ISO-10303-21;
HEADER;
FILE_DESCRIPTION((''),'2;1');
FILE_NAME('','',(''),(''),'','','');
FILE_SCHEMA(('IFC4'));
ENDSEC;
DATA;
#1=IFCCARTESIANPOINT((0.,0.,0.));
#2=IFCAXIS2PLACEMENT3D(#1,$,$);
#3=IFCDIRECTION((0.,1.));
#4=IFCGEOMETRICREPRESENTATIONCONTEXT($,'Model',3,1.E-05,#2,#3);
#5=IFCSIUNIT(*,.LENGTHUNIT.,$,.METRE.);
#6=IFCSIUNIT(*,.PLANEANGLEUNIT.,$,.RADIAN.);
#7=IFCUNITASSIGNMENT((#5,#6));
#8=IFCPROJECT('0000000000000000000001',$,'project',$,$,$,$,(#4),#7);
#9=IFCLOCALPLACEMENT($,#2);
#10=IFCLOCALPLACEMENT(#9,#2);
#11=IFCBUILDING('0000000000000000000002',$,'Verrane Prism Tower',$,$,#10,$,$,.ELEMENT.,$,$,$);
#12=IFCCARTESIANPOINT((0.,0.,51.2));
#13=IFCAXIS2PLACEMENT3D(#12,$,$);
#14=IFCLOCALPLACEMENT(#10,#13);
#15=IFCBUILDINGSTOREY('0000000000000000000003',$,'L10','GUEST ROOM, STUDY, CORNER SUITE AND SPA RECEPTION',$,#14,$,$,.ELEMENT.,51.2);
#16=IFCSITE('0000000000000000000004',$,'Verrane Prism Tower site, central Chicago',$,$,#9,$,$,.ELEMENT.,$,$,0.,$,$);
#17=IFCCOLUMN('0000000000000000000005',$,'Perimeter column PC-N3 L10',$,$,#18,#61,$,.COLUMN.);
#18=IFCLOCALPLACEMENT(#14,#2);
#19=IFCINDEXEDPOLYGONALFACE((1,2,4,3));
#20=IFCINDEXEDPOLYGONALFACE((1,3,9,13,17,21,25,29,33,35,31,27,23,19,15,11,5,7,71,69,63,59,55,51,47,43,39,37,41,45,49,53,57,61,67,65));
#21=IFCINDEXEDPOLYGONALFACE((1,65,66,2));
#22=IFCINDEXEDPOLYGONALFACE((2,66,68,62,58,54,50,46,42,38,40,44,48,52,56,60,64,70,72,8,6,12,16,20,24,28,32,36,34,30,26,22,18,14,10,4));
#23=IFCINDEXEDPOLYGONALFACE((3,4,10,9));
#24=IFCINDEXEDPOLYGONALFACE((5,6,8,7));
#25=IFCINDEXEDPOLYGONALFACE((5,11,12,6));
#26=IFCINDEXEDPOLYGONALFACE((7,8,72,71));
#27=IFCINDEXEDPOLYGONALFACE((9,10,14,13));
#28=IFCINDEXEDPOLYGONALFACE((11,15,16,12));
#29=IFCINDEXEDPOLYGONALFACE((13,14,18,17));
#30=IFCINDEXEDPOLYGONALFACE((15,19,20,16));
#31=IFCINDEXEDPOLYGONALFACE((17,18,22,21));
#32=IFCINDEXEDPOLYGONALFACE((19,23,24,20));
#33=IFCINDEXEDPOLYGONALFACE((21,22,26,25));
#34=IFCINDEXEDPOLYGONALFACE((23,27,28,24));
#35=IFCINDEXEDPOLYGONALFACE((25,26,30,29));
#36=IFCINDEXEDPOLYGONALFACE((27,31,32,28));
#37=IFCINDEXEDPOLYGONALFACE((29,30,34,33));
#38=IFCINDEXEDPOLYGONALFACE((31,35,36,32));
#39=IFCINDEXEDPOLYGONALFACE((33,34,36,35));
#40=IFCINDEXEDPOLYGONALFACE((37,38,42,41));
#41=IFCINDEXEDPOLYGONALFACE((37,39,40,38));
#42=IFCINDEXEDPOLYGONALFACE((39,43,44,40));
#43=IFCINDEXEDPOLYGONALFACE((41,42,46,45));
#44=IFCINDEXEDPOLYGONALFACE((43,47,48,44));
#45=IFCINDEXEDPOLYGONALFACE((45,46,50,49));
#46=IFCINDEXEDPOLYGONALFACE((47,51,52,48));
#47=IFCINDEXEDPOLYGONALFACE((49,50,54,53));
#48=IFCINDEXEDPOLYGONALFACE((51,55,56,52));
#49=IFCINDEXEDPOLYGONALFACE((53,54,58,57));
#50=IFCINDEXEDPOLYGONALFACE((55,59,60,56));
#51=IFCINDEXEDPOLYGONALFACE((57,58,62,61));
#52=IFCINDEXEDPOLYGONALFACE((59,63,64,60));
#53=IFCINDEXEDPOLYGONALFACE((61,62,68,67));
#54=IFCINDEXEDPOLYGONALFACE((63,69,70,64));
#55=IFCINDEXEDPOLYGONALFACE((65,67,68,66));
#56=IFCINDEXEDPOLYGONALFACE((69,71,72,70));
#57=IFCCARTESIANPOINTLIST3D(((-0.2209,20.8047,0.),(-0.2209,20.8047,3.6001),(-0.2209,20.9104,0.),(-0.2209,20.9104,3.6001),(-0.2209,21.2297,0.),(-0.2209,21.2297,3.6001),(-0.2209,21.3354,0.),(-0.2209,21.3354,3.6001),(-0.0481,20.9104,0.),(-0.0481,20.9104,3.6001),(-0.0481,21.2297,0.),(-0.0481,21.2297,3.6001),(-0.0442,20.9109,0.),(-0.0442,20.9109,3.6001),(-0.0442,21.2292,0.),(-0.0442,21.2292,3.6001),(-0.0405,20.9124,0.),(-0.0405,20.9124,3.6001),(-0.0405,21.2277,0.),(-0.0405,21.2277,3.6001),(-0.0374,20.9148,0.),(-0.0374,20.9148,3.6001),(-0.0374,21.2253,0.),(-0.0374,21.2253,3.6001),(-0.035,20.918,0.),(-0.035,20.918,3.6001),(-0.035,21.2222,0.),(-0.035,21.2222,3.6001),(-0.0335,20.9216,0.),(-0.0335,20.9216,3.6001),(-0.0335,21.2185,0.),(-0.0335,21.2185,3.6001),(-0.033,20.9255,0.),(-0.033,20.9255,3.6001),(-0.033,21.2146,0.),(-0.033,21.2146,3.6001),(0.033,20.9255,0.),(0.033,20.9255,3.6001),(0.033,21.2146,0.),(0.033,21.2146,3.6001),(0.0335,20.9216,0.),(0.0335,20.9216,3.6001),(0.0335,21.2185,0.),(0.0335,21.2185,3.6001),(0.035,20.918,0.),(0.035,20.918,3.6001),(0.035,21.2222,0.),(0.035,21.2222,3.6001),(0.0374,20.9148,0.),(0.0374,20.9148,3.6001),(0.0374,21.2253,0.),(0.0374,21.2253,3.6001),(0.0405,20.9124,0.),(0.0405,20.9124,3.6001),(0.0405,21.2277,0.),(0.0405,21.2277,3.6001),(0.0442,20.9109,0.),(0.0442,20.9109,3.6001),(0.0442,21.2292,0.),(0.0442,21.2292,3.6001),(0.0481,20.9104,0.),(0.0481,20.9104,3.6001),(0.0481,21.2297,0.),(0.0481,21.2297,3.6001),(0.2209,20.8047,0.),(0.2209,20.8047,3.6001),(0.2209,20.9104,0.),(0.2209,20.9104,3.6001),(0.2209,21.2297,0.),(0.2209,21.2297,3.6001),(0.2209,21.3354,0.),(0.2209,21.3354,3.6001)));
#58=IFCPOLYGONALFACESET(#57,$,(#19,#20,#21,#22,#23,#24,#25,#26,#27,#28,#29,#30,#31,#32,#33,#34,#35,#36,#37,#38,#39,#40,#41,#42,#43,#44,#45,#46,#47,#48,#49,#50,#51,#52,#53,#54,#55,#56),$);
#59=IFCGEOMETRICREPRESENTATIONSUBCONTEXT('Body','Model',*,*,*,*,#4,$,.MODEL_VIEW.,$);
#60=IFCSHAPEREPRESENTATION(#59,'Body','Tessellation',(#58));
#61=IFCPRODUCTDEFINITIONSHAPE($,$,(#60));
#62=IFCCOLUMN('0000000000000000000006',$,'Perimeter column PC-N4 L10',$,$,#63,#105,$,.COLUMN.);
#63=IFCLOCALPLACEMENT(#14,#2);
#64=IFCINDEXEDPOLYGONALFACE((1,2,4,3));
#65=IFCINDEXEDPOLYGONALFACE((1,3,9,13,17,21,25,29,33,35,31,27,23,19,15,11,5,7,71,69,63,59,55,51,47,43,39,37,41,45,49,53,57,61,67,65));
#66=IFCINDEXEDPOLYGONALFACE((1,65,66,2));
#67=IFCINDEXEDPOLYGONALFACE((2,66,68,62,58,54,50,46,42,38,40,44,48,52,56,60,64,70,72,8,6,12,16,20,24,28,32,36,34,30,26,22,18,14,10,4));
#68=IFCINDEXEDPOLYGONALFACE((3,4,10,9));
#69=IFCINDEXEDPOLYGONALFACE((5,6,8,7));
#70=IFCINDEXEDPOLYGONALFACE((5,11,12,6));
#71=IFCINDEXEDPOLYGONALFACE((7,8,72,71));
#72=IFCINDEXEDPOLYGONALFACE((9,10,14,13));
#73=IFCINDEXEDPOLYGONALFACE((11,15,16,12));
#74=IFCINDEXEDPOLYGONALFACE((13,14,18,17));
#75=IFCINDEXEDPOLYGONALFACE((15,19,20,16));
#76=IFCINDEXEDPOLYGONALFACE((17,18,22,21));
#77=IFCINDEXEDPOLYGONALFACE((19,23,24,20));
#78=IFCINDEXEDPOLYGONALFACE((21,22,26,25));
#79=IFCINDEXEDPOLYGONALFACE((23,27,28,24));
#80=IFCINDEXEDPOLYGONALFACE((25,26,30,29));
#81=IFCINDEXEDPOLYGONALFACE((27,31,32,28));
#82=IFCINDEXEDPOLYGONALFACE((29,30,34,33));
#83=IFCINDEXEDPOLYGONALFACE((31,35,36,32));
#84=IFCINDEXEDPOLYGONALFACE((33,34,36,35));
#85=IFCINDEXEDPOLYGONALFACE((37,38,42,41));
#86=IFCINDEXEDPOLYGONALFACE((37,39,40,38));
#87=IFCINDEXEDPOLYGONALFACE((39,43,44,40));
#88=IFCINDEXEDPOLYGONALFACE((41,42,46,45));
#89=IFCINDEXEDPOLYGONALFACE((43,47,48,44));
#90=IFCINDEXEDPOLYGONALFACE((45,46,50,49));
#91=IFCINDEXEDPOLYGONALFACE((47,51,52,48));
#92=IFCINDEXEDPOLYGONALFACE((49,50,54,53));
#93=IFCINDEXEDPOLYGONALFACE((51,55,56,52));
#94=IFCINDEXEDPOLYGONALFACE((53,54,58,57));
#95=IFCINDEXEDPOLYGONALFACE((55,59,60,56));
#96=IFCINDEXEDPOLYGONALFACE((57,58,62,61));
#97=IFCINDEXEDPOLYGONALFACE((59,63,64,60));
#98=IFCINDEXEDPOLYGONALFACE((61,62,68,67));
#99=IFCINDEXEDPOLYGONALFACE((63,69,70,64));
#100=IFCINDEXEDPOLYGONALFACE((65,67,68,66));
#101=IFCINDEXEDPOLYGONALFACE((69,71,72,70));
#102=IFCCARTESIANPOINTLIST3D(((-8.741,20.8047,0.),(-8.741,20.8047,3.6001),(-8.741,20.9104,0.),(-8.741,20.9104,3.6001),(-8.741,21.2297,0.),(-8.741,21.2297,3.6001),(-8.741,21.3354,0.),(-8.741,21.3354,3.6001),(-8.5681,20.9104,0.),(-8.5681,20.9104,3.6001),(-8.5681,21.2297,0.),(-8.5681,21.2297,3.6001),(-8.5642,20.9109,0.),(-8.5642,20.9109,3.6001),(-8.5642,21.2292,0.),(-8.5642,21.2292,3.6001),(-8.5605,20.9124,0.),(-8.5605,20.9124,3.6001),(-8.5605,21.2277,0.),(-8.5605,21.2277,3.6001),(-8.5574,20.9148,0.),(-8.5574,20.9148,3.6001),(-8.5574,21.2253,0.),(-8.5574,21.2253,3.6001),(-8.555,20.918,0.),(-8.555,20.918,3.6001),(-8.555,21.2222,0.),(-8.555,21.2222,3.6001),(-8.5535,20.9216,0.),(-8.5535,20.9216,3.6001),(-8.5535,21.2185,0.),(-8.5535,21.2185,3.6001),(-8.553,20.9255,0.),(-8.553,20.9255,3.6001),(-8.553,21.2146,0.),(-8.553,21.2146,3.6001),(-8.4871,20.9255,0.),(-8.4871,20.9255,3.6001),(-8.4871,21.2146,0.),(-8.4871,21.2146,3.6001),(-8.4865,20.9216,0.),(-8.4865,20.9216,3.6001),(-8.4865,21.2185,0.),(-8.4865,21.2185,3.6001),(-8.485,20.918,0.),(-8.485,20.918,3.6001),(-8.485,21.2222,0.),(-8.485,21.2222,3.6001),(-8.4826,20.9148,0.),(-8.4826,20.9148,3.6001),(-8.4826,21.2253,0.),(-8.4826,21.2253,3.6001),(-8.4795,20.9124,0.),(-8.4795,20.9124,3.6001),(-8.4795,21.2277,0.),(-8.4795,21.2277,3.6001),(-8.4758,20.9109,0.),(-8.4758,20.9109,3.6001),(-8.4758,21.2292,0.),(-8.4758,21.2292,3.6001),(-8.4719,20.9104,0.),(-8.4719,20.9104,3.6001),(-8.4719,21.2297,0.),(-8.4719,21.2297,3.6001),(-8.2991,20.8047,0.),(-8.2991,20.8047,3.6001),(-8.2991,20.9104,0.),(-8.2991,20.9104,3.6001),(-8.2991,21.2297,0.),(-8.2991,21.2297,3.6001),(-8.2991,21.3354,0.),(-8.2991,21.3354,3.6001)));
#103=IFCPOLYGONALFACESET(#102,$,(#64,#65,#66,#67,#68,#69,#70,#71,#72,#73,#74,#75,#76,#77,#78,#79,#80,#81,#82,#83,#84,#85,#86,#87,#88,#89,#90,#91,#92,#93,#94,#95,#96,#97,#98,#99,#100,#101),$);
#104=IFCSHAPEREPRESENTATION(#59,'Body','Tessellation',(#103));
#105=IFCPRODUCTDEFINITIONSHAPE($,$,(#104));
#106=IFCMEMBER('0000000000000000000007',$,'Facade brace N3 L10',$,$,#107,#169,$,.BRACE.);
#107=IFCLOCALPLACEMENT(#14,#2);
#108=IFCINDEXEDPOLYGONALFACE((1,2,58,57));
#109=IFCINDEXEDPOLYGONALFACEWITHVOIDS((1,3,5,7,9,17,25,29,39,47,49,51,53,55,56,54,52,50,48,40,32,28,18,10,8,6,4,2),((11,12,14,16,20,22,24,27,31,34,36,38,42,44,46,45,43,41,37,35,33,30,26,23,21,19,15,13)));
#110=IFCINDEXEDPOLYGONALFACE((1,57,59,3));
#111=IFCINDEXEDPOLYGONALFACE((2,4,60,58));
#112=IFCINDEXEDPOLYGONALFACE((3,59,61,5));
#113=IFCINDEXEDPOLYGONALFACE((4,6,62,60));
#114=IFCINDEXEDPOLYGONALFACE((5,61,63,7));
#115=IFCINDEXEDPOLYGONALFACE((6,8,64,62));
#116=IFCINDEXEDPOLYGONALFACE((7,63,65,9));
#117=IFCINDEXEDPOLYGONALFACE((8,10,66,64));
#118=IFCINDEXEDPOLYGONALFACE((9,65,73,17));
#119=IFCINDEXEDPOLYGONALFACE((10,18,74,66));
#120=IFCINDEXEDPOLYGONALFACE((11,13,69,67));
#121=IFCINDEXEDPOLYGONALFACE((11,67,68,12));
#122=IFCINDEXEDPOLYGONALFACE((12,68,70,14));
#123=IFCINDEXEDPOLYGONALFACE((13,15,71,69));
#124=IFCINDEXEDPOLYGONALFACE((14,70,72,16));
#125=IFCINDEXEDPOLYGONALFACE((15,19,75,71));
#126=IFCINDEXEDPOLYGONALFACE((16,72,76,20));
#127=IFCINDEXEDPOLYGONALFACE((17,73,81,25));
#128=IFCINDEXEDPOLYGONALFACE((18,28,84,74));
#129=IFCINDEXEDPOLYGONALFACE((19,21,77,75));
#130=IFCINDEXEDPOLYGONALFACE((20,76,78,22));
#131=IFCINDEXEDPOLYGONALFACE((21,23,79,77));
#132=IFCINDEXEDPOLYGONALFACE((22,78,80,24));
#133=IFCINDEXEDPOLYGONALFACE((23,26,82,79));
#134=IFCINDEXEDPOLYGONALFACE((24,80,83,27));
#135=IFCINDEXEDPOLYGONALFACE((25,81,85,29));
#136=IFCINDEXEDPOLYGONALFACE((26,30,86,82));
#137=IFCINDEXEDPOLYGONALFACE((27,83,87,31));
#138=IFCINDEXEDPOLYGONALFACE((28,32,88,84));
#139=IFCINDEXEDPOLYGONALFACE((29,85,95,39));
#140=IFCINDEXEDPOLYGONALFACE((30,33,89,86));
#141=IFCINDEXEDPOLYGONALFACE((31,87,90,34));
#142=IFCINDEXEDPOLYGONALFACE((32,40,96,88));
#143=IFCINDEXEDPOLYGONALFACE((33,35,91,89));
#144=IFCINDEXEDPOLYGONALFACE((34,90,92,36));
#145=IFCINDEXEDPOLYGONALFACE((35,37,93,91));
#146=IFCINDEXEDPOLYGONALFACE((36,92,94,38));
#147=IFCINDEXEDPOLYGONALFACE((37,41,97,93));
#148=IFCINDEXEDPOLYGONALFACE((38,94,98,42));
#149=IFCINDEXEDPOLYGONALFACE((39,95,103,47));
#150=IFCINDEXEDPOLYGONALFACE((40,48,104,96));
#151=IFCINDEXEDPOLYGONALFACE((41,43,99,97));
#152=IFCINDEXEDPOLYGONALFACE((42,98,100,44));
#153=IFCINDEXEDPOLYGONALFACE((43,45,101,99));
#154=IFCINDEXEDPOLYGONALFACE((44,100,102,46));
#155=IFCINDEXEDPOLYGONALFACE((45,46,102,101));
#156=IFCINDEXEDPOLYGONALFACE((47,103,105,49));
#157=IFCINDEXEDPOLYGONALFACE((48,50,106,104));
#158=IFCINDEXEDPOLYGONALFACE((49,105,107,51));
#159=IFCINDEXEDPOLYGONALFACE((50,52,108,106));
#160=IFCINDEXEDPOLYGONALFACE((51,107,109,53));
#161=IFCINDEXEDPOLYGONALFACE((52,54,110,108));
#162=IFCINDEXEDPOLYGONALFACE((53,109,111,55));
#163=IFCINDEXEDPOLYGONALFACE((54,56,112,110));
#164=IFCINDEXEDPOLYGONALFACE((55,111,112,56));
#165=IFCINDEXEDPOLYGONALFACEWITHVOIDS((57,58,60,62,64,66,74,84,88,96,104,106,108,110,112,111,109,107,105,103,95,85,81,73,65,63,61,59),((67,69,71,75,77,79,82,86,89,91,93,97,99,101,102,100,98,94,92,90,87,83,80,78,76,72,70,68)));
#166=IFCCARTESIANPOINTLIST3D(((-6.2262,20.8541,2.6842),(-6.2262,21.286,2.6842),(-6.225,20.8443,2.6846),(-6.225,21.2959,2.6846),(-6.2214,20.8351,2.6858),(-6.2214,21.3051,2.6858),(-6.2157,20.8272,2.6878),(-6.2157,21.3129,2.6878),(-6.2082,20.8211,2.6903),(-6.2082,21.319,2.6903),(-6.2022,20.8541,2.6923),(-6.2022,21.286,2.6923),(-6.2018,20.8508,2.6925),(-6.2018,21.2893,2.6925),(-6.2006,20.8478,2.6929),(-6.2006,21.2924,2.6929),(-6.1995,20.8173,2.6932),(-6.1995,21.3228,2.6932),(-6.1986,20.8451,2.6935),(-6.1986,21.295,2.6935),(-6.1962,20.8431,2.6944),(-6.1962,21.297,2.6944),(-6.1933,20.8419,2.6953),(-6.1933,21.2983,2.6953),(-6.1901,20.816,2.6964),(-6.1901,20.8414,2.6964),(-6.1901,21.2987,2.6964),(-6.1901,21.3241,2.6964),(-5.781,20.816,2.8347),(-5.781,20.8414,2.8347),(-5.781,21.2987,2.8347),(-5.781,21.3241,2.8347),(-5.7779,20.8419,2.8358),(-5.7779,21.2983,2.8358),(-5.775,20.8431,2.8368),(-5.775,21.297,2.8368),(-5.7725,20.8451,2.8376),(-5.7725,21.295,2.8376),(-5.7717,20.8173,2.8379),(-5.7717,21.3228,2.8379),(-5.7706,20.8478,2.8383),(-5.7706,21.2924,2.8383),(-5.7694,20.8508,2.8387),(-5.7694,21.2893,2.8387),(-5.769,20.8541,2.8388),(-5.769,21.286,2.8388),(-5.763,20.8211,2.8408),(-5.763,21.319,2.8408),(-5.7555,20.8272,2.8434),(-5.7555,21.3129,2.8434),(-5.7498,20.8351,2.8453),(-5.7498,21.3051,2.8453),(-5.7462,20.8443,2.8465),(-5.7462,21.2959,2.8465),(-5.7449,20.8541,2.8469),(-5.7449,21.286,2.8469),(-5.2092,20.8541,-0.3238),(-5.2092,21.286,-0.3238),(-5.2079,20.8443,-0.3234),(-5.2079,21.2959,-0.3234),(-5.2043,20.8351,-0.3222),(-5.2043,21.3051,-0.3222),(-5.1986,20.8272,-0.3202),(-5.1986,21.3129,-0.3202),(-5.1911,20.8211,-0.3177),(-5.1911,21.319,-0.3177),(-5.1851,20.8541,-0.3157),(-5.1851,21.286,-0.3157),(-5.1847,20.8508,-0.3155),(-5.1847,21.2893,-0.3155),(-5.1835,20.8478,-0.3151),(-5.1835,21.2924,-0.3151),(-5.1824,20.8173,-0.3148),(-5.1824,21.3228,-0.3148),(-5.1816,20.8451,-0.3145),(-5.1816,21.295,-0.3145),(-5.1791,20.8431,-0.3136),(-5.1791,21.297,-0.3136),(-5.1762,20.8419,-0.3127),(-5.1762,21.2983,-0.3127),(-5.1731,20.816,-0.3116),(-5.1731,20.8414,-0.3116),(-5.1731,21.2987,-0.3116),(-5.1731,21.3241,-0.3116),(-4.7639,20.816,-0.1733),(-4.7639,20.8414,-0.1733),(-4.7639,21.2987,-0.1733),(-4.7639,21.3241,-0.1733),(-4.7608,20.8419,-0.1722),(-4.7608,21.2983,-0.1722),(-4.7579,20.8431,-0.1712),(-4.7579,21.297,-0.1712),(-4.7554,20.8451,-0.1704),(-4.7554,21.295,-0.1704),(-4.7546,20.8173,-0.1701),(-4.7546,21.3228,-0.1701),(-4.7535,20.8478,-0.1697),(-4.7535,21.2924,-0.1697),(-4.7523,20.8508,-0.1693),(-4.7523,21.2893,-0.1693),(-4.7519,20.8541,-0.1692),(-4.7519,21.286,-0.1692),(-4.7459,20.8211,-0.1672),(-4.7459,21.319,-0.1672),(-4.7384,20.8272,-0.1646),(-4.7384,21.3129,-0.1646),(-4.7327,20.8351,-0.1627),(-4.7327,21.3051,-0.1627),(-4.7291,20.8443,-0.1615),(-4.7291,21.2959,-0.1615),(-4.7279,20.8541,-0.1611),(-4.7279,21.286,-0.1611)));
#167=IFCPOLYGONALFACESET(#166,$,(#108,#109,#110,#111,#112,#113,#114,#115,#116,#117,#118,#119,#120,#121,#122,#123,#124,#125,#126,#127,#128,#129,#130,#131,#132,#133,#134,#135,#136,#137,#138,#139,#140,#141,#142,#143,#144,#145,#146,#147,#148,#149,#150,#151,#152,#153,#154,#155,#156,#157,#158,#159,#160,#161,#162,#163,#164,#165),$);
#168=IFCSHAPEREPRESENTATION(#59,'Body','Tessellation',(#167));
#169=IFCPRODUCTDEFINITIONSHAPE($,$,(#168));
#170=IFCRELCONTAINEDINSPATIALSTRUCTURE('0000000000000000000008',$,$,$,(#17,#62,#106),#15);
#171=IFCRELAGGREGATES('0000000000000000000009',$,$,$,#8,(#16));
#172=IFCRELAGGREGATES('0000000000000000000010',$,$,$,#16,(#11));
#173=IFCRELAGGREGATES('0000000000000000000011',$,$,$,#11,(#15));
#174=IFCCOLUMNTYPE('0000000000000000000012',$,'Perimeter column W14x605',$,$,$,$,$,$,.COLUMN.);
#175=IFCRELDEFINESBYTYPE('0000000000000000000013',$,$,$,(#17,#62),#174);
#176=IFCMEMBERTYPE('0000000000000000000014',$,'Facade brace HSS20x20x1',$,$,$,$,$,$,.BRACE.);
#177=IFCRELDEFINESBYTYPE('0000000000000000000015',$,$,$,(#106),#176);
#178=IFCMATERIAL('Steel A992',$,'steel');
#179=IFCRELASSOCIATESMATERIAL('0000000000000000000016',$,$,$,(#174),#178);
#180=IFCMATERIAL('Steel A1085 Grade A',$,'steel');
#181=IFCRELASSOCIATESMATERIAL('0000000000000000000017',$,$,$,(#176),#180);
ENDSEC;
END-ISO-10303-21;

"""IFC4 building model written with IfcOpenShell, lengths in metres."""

from ifc_helpers import new_model, si_unit, direction, frame, origin, origin_2d, place, context, subcontext, project, spatial, hollow_rectangle, i_section, extrude, material, material_profile, profile_set, type_object, element, save


model = new_model("IFC4")

# Units and contexts
model_context = context("Model", 3, precision=1e-05, world=origin(), true_north=direction((0.0, 1.0)))
body_context = subcontext(model_context, "Body", "Model", "MODEL_VIEW")
ifc_project = project(units=[si_unit("LENGTHUNIT", "METRE"), si_unit("PLANEANGLEUNIT", "RADIAN")], contexts=[model_context])

# Site, building, storey
site_placement = place(None, origin())
site = spatial("IfcSite", under=ifc_project, at=site_placement, Name="Verrane Prism Tower site, central Chicago", CompositionType="ELEMENT", RefElevation=0.0)
building_placement = place(site_placement, origin())
building = spatial("IfcBuilding", under=site, at=building_placement, Name="Verrane Prism Tower", CompositionType="ELEMENT")
storey_placement = place(building_placement, frame((0.0, 0.0, 51.2)))
storey = spatial("IfcBuildingStorey", under=building, at=storey_placement, Name="L10", Description="GUEST ROOM, STUDY, CORNER SUITE AND SPA RECEPTION", CompositionType="ELEMENT", Elevation=51.2)

# Columns
ifc_material_1 = material(Name="Steel A992", Category="steel")
ifc_material_profile_1 = material_profile(ifc_material_1, i_section(OverallWidth=0.4419, OverallDepth=0.5308, WebThickness=0.0659, FlangeThickness=0.1057, FilletRadius=0.0151, at=origin_2d()), Name="W14x605")
ifc_profile_set_1 = profile_set([ifc_material_profile_1], Name="Steel A992")
column_type = type_object("IfcColumnType", Name="Perimeter column W14x605", PredefinedType="COLUMN", material=ifc_profile_set_1)
for number, where, z_axis, x_axis, name in (
    (1, (0.0, 21.0701, 0.0), (0.0, 0.0, 1.0), (1.0, 0.0, 0.0), "Perimeter column PC-N3 L10"),
    (2, (-8.52, 21.0701, 0.0), (0.0, 0.0, 1.0), (1.0, 0.0, 0.0), "Perimeter column PC-N4 L10"),
):
    element("IfcColumn", number, at=place(storey_placement, frame(where, z_axis=z_axis, x_axis=x_axis)), inside=storey, type_object=column_type, Name=name, PredefinedType="COLUMN", context=body_context, shape_type="SweptSolid", body=[
        extrude(i_section(OverallWidth=0.4419, OverallDepth=0.5308, WebThickness=0.0659, FlangeThickness=0.1057, FilletRadius=0.0151, at=origin_2d()), origin(), (0.0, 0.0, 1.0), 3.6001),
    ])

# Member
ifc_material_2 = material(Name="Steel A1085 Grade A", Category="steel")
ifc_material_profile_2 = material_profile(ifc_material_2, hollow_rectangle(XDim=0.5081, YDim=0.5081, WallThickness=0.0254, InnerFilletRadius=0.0127, OuterFilletRadius=0.0381, at=origin_2d()), Name="HSS20x20x1")
ifc_profile_set_2 = profile_set([ifc_material_profile_2], Name="Steel A1085 Grade A")
member_type_1 = type_object("IfcMemberType", Name="Facade brace HSS20x20x1", PredefinedType="BRACE", material=ifc_profile_set_2)
member_1_placement = place(storey_placement, frame((-4.9685, 21.0701, -0.2424), z_axis=(-0.320307, 0.0, 0.947314), x_axis=(0.0, -1.0, 0.0)))
element("IfcMember", 3, at=member_1_placement, inside=storey, type_object=member_type_1, Name="Facade brace N3 L10", PredefinedType="BRACE", context=body_context, shape_type="SweptSolid", body=[
    extrude(hollow_rectangle(XDim=0.5081, YDim=0.5081, WallThickness=0.0254, InnerFilletRadius=0.0127, OuterFilletRadius=0.0381, at=origin_2d()), origin(), (0.0, 0.0, 1.0), 3.1753),
])

save(model, "model.ifc")
